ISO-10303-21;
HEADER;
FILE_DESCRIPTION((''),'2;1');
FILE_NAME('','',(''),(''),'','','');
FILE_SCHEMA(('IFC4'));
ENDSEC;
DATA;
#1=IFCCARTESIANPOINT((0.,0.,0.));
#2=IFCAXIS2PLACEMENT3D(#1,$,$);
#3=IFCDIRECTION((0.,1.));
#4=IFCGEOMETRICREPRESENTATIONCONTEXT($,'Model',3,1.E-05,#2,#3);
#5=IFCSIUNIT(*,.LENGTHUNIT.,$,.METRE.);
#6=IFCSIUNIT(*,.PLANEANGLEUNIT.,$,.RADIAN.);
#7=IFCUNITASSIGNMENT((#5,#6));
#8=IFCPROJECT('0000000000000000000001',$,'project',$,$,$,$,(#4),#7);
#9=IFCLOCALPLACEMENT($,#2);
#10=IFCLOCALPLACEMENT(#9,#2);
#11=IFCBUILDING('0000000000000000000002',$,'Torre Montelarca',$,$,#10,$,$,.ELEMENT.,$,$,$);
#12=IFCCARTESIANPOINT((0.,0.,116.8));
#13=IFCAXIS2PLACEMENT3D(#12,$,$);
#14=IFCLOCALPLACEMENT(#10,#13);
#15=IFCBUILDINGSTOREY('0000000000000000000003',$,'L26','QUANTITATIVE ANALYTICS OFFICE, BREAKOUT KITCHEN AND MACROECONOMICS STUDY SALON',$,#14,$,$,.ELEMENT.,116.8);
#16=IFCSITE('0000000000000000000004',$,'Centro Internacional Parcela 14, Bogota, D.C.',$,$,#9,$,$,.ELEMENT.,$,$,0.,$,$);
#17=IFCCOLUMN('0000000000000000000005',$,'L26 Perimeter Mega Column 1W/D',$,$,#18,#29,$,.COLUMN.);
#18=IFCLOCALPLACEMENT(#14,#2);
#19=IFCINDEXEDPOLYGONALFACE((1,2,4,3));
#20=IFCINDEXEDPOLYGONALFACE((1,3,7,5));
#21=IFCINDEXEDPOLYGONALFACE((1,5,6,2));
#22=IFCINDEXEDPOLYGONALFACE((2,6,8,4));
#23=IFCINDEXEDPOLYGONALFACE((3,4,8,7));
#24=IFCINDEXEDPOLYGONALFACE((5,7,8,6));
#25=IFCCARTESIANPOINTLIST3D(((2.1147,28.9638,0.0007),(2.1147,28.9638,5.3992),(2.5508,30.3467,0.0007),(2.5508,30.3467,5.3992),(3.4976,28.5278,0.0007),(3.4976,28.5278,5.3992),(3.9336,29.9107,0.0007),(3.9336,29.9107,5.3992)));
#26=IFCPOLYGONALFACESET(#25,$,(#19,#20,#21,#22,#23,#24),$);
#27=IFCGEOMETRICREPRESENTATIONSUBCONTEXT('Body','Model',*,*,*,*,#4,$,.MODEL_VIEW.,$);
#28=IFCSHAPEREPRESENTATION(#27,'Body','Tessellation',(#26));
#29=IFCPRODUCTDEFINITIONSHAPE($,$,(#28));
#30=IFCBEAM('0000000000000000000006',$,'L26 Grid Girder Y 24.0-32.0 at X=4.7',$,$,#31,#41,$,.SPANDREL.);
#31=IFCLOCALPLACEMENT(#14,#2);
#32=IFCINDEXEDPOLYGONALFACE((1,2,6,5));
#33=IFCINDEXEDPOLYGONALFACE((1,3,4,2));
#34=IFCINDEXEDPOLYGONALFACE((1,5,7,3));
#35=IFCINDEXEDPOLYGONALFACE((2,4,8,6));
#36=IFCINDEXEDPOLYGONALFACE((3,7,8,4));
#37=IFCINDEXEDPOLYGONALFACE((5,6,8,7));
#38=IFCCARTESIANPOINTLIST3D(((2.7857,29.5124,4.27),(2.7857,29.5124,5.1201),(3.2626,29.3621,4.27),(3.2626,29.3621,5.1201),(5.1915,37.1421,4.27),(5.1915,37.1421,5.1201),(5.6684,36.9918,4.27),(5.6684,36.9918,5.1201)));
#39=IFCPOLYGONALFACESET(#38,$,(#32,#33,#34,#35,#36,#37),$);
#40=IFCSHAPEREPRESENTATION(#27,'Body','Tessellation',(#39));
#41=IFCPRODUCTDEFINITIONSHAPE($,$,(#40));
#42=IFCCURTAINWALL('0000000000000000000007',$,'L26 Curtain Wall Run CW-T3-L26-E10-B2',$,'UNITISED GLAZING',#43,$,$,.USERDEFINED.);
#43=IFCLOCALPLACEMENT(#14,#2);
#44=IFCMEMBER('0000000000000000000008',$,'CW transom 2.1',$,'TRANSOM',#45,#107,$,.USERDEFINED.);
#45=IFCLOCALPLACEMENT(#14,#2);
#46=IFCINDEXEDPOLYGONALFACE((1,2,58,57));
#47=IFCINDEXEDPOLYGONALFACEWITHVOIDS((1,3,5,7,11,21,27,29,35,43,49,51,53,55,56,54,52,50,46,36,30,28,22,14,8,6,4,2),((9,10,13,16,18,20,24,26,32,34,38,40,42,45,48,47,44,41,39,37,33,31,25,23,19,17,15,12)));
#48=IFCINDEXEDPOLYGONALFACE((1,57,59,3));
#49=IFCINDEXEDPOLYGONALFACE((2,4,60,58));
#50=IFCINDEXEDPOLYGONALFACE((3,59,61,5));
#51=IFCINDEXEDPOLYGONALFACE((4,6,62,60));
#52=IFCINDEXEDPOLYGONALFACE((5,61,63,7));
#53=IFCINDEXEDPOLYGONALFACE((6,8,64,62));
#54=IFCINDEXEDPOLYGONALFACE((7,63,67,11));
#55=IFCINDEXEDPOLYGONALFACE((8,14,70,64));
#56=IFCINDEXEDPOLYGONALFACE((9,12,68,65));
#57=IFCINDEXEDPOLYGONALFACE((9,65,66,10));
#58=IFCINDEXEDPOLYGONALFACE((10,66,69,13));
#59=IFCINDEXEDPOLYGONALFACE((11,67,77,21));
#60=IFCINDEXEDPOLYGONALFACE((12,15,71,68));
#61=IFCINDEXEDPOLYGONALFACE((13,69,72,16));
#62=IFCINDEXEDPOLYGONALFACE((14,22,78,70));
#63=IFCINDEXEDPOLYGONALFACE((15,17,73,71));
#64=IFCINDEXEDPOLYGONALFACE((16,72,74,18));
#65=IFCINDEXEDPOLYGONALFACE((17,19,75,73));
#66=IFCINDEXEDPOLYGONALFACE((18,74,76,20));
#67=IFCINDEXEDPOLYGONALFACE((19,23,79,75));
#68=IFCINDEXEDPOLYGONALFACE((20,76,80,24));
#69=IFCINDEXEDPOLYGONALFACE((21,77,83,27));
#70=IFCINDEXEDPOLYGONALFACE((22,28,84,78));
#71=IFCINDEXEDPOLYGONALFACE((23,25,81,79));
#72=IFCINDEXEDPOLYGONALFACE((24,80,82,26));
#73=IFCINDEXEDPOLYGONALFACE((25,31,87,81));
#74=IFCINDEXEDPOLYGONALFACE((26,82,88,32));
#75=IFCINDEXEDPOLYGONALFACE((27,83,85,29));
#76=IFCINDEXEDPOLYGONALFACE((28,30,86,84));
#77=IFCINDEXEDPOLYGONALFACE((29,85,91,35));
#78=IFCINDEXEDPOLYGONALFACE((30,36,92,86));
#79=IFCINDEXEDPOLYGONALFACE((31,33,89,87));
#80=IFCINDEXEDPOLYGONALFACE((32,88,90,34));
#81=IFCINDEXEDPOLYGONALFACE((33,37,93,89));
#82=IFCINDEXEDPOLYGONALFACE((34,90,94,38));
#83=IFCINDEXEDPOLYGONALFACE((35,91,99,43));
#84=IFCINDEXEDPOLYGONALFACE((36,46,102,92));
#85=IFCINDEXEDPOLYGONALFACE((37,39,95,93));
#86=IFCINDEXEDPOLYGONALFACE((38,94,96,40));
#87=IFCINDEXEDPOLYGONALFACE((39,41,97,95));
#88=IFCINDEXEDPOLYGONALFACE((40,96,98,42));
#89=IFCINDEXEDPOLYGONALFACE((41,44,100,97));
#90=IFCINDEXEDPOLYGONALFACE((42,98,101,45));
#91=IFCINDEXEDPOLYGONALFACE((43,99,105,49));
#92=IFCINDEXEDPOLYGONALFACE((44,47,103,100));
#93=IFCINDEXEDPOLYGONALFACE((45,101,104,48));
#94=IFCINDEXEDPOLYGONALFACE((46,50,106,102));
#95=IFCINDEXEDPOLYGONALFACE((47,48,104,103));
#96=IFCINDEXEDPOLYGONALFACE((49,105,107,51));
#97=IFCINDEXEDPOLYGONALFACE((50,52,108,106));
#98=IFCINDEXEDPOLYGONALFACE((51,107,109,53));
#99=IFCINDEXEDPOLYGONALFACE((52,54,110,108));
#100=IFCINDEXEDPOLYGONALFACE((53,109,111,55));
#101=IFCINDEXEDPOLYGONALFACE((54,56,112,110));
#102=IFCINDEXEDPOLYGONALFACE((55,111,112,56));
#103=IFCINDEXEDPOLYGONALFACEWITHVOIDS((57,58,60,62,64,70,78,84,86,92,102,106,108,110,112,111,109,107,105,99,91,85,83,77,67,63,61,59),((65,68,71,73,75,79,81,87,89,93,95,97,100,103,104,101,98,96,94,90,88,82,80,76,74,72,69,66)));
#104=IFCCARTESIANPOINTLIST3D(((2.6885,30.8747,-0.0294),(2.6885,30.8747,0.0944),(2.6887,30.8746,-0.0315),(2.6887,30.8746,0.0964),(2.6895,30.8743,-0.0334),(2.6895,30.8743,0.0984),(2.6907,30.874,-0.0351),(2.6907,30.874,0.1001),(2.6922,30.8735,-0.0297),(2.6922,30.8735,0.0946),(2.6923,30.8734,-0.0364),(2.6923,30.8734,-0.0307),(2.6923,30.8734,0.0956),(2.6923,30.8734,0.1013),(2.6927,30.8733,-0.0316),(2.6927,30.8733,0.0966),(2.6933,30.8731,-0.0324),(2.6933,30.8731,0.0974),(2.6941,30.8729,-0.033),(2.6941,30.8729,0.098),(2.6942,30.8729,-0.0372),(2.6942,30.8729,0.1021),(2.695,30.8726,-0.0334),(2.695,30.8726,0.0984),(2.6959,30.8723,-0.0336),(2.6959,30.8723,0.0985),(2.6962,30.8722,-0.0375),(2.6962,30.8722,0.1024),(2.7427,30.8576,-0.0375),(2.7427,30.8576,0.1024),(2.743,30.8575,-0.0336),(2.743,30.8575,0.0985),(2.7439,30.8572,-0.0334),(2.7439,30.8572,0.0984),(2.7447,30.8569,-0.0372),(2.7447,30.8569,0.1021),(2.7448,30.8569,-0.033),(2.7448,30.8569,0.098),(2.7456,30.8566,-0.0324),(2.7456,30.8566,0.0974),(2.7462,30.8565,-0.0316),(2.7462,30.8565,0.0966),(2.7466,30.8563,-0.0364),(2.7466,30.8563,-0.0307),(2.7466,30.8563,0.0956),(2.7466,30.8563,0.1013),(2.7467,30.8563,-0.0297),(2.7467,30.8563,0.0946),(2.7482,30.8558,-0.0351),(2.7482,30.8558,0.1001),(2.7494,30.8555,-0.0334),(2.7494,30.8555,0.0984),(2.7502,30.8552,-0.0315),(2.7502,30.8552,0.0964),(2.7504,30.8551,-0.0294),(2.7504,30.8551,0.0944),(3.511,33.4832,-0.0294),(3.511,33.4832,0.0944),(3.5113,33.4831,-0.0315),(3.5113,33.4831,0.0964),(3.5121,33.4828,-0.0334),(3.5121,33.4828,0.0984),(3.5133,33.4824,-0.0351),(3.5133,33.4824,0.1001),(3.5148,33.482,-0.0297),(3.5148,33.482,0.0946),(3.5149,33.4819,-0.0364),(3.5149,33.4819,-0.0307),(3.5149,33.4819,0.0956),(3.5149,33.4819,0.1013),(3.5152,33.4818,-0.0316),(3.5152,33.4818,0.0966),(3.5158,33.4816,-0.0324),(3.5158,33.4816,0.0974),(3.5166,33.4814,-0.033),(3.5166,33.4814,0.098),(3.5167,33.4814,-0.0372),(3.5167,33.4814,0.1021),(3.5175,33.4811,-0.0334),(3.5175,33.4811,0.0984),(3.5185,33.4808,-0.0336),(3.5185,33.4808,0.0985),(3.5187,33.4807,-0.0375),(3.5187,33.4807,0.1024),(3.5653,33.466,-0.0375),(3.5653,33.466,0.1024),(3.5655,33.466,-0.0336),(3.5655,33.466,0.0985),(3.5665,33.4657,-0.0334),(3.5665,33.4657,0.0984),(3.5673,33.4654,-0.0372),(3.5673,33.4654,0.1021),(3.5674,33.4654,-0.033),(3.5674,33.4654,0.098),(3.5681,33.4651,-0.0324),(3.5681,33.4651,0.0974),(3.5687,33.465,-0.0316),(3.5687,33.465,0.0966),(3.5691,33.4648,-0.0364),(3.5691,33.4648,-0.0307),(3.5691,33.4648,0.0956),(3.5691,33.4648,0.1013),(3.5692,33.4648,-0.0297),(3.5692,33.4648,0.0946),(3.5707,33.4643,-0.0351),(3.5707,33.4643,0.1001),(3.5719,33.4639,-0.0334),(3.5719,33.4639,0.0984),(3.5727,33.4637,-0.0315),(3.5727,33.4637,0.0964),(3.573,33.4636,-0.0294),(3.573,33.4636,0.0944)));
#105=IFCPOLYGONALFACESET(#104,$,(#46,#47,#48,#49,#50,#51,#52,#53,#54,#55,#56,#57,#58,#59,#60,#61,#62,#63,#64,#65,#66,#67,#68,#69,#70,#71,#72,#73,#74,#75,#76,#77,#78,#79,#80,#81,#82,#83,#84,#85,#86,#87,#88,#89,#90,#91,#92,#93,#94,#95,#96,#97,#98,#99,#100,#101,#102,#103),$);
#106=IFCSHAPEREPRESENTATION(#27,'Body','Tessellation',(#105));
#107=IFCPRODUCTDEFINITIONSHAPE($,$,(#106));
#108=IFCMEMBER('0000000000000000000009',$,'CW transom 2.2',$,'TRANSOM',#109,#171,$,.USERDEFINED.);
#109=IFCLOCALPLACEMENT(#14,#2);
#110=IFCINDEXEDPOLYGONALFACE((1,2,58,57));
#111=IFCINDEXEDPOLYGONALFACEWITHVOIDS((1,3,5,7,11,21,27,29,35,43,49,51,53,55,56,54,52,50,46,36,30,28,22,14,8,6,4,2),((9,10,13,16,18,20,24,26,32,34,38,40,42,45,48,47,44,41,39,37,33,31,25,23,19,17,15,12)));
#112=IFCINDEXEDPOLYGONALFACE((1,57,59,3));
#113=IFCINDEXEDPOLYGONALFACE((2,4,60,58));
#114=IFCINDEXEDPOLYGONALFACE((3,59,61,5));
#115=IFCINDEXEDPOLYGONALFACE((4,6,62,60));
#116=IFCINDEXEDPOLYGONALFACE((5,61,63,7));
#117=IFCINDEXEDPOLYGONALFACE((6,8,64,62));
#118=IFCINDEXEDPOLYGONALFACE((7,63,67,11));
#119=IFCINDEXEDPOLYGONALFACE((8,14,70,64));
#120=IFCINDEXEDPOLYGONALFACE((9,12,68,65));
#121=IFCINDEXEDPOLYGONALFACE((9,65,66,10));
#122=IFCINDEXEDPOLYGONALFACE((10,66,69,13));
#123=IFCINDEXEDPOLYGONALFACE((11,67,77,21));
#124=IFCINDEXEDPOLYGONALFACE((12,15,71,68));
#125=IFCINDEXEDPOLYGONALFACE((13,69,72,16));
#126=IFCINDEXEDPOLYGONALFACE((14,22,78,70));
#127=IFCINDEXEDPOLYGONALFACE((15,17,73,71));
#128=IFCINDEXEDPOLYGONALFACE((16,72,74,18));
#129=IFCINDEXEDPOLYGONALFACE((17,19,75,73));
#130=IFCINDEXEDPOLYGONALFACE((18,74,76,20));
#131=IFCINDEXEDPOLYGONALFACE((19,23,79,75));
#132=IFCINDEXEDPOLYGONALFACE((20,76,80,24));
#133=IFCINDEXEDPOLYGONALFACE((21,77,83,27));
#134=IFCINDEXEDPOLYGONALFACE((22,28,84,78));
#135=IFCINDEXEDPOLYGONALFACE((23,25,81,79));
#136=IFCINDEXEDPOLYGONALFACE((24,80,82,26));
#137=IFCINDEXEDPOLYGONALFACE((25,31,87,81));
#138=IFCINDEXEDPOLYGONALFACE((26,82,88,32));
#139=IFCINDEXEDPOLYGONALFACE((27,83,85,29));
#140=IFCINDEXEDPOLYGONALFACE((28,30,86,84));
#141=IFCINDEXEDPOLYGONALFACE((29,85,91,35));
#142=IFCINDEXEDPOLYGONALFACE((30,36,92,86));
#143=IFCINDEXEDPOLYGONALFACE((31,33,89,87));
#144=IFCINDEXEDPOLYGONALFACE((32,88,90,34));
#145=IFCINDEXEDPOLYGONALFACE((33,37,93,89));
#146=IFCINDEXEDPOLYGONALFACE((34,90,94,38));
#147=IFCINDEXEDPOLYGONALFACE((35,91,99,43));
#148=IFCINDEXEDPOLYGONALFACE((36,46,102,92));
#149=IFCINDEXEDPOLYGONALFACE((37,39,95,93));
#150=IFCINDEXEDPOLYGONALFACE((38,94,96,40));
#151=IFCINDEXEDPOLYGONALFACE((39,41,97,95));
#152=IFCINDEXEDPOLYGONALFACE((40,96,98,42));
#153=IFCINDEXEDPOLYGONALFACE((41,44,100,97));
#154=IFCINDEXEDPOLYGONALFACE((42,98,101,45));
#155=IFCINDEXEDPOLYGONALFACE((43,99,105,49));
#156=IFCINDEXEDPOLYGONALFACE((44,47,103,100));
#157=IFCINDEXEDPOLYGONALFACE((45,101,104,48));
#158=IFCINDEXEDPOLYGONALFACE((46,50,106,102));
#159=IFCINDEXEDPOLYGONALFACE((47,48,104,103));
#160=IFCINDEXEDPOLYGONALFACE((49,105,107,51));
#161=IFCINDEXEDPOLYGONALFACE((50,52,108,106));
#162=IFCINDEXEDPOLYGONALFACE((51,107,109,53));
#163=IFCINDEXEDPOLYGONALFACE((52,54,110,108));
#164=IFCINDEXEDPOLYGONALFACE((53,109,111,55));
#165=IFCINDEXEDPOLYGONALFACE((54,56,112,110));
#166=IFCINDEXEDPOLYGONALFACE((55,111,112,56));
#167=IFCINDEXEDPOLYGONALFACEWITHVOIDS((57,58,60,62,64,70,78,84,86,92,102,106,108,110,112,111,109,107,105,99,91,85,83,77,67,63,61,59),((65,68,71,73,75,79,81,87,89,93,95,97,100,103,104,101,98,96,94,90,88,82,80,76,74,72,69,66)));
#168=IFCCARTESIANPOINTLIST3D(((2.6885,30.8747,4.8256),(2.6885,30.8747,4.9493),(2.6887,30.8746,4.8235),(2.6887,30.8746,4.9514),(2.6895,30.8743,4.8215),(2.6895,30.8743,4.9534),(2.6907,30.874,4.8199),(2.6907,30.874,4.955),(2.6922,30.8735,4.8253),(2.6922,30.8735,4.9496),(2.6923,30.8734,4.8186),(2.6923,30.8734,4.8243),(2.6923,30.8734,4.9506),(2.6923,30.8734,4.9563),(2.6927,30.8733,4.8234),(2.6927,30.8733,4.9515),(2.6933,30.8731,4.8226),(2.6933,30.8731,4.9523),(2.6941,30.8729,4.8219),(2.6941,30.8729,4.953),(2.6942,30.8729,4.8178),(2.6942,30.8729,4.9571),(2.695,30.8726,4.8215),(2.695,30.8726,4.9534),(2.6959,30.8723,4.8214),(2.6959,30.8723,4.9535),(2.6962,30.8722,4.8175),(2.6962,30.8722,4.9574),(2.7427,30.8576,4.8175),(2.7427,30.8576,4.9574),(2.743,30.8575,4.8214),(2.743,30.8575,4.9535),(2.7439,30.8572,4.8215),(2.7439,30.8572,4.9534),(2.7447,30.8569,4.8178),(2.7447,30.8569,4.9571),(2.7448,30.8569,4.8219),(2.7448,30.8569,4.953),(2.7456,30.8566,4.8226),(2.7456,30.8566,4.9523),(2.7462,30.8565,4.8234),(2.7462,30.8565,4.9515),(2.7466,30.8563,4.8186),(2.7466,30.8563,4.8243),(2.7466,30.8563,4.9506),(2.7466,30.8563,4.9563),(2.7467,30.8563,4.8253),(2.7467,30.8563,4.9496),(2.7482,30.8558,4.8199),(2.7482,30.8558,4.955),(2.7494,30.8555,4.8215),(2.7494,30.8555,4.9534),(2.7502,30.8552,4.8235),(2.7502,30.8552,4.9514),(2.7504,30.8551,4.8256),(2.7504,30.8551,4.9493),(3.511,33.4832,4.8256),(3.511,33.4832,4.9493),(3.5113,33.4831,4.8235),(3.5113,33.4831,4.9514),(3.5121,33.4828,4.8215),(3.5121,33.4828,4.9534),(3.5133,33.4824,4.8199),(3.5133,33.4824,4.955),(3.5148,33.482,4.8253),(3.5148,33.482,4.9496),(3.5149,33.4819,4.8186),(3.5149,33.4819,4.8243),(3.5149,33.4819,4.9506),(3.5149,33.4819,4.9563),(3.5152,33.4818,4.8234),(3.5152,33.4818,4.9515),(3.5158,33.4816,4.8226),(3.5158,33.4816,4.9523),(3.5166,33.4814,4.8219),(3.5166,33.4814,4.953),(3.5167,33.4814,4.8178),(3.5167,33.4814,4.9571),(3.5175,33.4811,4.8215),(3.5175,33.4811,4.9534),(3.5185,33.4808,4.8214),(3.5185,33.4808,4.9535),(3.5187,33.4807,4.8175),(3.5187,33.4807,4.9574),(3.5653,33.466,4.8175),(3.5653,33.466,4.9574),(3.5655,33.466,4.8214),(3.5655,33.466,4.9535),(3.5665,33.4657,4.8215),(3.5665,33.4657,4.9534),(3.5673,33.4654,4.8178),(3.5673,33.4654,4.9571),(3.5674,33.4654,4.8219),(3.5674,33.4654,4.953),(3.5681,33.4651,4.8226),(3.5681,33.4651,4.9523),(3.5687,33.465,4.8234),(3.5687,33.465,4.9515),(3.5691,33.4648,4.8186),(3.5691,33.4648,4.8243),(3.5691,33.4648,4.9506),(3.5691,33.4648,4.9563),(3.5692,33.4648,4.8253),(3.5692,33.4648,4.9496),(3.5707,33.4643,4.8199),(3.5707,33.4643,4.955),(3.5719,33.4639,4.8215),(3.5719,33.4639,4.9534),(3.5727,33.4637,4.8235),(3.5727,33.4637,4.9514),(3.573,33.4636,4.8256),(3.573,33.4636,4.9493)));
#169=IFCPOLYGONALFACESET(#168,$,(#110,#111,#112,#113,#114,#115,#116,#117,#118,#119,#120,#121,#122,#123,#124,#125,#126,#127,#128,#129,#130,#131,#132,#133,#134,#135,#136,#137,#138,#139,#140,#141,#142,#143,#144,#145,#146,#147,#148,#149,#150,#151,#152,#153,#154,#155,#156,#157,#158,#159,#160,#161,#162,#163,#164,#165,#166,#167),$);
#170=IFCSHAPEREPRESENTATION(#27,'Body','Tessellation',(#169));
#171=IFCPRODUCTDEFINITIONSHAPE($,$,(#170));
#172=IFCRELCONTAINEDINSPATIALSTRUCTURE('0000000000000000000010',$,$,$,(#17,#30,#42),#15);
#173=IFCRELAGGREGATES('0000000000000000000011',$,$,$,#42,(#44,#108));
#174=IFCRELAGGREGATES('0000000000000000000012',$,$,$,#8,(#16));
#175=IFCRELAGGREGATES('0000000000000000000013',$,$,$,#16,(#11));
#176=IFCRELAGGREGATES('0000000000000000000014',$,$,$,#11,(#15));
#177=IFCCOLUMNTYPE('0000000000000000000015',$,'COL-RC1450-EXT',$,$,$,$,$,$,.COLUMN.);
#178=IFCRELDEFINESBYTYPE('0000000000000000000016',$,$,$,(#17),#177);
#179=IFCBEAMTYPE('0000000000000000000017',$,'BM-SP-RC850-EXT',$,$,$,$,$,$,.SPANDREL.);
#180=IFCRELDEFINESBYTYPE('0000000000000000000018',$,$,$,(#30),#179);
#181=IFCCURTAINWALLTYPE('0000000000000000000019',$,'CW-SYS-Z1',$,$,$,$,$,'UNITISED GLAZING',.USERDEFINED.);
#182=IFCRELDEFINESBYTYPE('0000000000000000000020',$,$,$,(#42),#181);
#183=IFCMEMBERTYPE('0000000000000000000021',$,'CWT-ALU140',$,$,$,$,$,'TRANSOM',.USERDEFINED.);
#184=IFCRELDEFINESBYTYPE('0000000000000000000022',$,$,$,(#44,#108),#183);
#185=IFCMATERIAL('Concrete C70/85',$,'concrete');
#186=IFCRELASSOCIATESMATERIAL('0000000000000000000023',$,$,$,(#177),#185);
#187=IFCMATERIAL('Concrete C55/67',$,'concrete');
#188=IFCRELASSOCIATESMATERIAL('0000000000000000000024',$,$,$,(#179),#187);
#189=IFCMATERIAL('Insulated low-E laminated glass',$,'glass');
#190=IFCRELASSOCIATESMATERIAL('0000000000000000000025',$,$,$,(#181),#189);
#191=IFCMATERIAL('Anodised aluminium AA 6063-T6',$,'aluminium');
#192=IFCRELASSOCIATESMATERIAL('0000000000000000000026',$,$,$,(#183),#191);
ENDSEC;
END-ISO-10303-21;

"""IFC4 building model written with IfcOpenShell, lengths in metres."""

from ifc_helpers import new_model, si_unit, direction, frame, origin, origin_2d, place, context, subcontext, project, spatial, rectangle, hollow_rectangle, extrude, source, transform, mapped, material, material_profile, profile_set, type_object, element, aggregate, save


model = new_model("IFC4")

# Units and contexts
model_context = context("Model", 3, precision=1e-05, world=origin(), true_north=direction((0.0, 1.0)))
body_context = subcontext(model_context, "Body", "Model", "MODEL_VIEW")
ifc_project = project(units=[si_unit("LENGTHUNIT", "METRE"), si_unit("PLANEANGLEUNIT", "RADIAN")], contexts=[model_context])

# Site, building, storey
site_placement = place(None, origin())
site = spatial("IfcSite", under=ifc_project, at=site_placement, Name="Centro Internacional Parcela 14, Bogota, D.C.", CompositionType="ELEMENT", RefElevation=0.0)
building_placement = place(site_placement, origin())
building = spatial("IfcBuilding", under=site, at=building_placement, Name="Torre Montelarca", CompositionType="ELEMENT")
storey_placement = place(building_placement, frame((0.0, 0.0, 116.8)))
storey = spatial("IfcBuildingStorey", under=building, at=storey_placement, Name="L26", Description="QUANTITATIVE ANALYTICS OFFICE, BREAKOUT KITCHEN AND MACROECONOMICS STUDY SALON", CompositionType="ELEMENT", Elevation=116.8)

# Column
ifc_material_1 = material(Name="Concrete C70/85", Category="concrete")
ifc_material_profile_1 = material_profile(ifc_material_1, rectangle(XDim=1.45, YDim=1.45, at=origin_2d()), Name="RC1450X1450", Category="concrete")
ifc_profile_set_1 = profile_set([ifc_material_profile_1], Name="Concrete C70/85")
column_type = type_object("IfcColumnType", Name="COL-RC1450-EXT", PredefinedType="COLUMN", material=ifc_profile_set_1)
shared_shape_1 = source(origin(), body_context, "Body", "SweptSolid", [
    extrude(rectangle(XDim=1.45, YDim=1.45, at=origin_2d()), origin(), (0.0, 0.0, 1.0), 5.3984),
])
column_placement = place(storey_placement, frame((3.0242, 29.4373, 0.0007), z_axis=(0.0, 0.0, 1.0), x_axis=(-0.953717, 0.300706, 0.0)))
element("IfcColumn", 1, at=column_placement, inside=storey, type_object=column_type, Name="L26 Perimeter Mega Column 1W/D", PredefinedType="COLUMN", context=body_context, shape_type="MappedRepresentation", body=[
    mapped(shared_shape_1, transform((0.0, 0.0, 0.0), scale=1.0)),
])

# Beam
ifc_material_2 = material(Name="Concrete C55/67", Category="concrete")
ifc_material_profile_2 = material_profile(ifc_material_2, rectangle(XDim=0.5, YDim=0.8501, at=origin_2d()), Name="RCB500X850", Category="concrete")
ifc_profile_set_2 = profile_set([ifc_material_profile_2], Name="Concrete C55/67")
beam_type = type_object("IfcBeamType", Name="BM-SP-RC850-EXT", PredefinedType="SPANDREL", material=ifc_profile_set_2)
shared_shape_2 = source(origin(), body_context, "Body", "SweptSolid", [
    extrude(rectangle(XDim=0.5, YDim=0.8501, at=origin_2d()), origin(), (0.0, 0.0, 1.0), 8.0),
])
beam_placement = place(storey_placement, frame((3.0242, 29.4373, 4.6951), z_axis=(0.300722, 0.953712, 0.0), x_axis=(-0.953712, 0.300722, 0.0)))
element("IfcBeam", 2, at=beam_placement, inside=storey, type_object=beam_type, Name="L26 Grid Girder Y 24.0-32.0 at X=4.7", PredefinedType="SPANDREL", context=body_context, shape_type="MappedRepresentation", body=[
    mapped(shared_shape_2, transform((0.0, 0.0, 0.0), scale=1.0)),
])

# Curtain wall, members
ifc_material_3 = material(Name="Insulated low-E laminated glass", Category="glass")
curtain_wall_type = type_object("IfcCurtainWallType", Name="CW-SYS-Z1", ElementType="UNITISED GLAZING", PredefinedType="USERDEFINED", material=ifc_material_3)
curtain_wall_1_placement = place(storey_placement, origin())
curtain_wall_1 = element("IfcCurtainWall", 3, at=curtain_wall_1_placement, inside=storey, type_object=curtain_wall_type, Name="L26 Curtain Wall Run CW-T3-L26-E10-B2", ObjectType="UNITISED GLAZING", PredefinedType="USERDEFINED")
ifc_material_4 = material(Name="Anodised aluminium AA 6063-T6", Category="aluminium")
ifc_material_profile_3 = material_profile(ifc_material_4, hollow_rectangle(XDim=0.0649, YDim=0.1399, WallThickness=0.0039, InnerFilletRadius=0.0039, OuterFilletRadius=0.0081, at=origin_2d()), Name="ALU65X140X4", Category="aluminium")
ifc_profile_set_3 = profile_set([ifc_material_profile_3], Name="Anodised aluminium AA 6063-T6")
member_type_1 = type_object("IfcMemberType", Name="CWT-ALU140", ElementType="TRANSOM", PredefinedType="USERDEFINED", material=ifc_profile_set_3)
shared_shape_3 = source(origin(), body_context, "Body", "SweptSolid", [
    extrude(hollow_rectangle(XDim=0.0649, YDim=0.1399, WallThickness=0.0039, InnerFilletRadius=0.0039, OuterFilletRadius=0.0081, at=origin_2d()), origin(), (0.0, 0.0, 1.0), 2.7351),
])
member_1_placement = place(storey_placement, frame((3.542, 33.4734, 0.0325), z_axis=(-0.300734, -0.953708, 0.0), x_axis=(0.953708, -0.300734, 0.0)))
member_1 = element("IfcMember", 4, at=member_1_placement, type_object=member_type_1, Name="CW transom 2.1", ObjectType="TRANSOM", PredefinedType="USERDEFINED", context=body_context, shape_type="MappedRepresentation", body=[
    mapped(shared_shape_3, transform((0.0, 0.0, 0.0), scale=1.0)),
])
member_2_placement = place(storey_placement, frame((3.542, 33.4734, 4.8875), z_axis=(-0.300734, -0.953708, 0.0), x_axis=(0.953708, -0.300734, 0.0)))
member_2 = element("IfcMember", 5, at=member_2_placement, type_object=member_type_1, Name="CW transom 2.2", ObjectType="TRANSOM", PredefinedType="USERDEFINED", context=body_context, shape_type="MappedRepresentation", body=[
    mapped(shared_shape_3, transform((0.0, 0.0, 0.0), scale=1.0)),
])

aggregate(curtain_wall_1, [member_1, member_2])

save(model, "model.ifc")
